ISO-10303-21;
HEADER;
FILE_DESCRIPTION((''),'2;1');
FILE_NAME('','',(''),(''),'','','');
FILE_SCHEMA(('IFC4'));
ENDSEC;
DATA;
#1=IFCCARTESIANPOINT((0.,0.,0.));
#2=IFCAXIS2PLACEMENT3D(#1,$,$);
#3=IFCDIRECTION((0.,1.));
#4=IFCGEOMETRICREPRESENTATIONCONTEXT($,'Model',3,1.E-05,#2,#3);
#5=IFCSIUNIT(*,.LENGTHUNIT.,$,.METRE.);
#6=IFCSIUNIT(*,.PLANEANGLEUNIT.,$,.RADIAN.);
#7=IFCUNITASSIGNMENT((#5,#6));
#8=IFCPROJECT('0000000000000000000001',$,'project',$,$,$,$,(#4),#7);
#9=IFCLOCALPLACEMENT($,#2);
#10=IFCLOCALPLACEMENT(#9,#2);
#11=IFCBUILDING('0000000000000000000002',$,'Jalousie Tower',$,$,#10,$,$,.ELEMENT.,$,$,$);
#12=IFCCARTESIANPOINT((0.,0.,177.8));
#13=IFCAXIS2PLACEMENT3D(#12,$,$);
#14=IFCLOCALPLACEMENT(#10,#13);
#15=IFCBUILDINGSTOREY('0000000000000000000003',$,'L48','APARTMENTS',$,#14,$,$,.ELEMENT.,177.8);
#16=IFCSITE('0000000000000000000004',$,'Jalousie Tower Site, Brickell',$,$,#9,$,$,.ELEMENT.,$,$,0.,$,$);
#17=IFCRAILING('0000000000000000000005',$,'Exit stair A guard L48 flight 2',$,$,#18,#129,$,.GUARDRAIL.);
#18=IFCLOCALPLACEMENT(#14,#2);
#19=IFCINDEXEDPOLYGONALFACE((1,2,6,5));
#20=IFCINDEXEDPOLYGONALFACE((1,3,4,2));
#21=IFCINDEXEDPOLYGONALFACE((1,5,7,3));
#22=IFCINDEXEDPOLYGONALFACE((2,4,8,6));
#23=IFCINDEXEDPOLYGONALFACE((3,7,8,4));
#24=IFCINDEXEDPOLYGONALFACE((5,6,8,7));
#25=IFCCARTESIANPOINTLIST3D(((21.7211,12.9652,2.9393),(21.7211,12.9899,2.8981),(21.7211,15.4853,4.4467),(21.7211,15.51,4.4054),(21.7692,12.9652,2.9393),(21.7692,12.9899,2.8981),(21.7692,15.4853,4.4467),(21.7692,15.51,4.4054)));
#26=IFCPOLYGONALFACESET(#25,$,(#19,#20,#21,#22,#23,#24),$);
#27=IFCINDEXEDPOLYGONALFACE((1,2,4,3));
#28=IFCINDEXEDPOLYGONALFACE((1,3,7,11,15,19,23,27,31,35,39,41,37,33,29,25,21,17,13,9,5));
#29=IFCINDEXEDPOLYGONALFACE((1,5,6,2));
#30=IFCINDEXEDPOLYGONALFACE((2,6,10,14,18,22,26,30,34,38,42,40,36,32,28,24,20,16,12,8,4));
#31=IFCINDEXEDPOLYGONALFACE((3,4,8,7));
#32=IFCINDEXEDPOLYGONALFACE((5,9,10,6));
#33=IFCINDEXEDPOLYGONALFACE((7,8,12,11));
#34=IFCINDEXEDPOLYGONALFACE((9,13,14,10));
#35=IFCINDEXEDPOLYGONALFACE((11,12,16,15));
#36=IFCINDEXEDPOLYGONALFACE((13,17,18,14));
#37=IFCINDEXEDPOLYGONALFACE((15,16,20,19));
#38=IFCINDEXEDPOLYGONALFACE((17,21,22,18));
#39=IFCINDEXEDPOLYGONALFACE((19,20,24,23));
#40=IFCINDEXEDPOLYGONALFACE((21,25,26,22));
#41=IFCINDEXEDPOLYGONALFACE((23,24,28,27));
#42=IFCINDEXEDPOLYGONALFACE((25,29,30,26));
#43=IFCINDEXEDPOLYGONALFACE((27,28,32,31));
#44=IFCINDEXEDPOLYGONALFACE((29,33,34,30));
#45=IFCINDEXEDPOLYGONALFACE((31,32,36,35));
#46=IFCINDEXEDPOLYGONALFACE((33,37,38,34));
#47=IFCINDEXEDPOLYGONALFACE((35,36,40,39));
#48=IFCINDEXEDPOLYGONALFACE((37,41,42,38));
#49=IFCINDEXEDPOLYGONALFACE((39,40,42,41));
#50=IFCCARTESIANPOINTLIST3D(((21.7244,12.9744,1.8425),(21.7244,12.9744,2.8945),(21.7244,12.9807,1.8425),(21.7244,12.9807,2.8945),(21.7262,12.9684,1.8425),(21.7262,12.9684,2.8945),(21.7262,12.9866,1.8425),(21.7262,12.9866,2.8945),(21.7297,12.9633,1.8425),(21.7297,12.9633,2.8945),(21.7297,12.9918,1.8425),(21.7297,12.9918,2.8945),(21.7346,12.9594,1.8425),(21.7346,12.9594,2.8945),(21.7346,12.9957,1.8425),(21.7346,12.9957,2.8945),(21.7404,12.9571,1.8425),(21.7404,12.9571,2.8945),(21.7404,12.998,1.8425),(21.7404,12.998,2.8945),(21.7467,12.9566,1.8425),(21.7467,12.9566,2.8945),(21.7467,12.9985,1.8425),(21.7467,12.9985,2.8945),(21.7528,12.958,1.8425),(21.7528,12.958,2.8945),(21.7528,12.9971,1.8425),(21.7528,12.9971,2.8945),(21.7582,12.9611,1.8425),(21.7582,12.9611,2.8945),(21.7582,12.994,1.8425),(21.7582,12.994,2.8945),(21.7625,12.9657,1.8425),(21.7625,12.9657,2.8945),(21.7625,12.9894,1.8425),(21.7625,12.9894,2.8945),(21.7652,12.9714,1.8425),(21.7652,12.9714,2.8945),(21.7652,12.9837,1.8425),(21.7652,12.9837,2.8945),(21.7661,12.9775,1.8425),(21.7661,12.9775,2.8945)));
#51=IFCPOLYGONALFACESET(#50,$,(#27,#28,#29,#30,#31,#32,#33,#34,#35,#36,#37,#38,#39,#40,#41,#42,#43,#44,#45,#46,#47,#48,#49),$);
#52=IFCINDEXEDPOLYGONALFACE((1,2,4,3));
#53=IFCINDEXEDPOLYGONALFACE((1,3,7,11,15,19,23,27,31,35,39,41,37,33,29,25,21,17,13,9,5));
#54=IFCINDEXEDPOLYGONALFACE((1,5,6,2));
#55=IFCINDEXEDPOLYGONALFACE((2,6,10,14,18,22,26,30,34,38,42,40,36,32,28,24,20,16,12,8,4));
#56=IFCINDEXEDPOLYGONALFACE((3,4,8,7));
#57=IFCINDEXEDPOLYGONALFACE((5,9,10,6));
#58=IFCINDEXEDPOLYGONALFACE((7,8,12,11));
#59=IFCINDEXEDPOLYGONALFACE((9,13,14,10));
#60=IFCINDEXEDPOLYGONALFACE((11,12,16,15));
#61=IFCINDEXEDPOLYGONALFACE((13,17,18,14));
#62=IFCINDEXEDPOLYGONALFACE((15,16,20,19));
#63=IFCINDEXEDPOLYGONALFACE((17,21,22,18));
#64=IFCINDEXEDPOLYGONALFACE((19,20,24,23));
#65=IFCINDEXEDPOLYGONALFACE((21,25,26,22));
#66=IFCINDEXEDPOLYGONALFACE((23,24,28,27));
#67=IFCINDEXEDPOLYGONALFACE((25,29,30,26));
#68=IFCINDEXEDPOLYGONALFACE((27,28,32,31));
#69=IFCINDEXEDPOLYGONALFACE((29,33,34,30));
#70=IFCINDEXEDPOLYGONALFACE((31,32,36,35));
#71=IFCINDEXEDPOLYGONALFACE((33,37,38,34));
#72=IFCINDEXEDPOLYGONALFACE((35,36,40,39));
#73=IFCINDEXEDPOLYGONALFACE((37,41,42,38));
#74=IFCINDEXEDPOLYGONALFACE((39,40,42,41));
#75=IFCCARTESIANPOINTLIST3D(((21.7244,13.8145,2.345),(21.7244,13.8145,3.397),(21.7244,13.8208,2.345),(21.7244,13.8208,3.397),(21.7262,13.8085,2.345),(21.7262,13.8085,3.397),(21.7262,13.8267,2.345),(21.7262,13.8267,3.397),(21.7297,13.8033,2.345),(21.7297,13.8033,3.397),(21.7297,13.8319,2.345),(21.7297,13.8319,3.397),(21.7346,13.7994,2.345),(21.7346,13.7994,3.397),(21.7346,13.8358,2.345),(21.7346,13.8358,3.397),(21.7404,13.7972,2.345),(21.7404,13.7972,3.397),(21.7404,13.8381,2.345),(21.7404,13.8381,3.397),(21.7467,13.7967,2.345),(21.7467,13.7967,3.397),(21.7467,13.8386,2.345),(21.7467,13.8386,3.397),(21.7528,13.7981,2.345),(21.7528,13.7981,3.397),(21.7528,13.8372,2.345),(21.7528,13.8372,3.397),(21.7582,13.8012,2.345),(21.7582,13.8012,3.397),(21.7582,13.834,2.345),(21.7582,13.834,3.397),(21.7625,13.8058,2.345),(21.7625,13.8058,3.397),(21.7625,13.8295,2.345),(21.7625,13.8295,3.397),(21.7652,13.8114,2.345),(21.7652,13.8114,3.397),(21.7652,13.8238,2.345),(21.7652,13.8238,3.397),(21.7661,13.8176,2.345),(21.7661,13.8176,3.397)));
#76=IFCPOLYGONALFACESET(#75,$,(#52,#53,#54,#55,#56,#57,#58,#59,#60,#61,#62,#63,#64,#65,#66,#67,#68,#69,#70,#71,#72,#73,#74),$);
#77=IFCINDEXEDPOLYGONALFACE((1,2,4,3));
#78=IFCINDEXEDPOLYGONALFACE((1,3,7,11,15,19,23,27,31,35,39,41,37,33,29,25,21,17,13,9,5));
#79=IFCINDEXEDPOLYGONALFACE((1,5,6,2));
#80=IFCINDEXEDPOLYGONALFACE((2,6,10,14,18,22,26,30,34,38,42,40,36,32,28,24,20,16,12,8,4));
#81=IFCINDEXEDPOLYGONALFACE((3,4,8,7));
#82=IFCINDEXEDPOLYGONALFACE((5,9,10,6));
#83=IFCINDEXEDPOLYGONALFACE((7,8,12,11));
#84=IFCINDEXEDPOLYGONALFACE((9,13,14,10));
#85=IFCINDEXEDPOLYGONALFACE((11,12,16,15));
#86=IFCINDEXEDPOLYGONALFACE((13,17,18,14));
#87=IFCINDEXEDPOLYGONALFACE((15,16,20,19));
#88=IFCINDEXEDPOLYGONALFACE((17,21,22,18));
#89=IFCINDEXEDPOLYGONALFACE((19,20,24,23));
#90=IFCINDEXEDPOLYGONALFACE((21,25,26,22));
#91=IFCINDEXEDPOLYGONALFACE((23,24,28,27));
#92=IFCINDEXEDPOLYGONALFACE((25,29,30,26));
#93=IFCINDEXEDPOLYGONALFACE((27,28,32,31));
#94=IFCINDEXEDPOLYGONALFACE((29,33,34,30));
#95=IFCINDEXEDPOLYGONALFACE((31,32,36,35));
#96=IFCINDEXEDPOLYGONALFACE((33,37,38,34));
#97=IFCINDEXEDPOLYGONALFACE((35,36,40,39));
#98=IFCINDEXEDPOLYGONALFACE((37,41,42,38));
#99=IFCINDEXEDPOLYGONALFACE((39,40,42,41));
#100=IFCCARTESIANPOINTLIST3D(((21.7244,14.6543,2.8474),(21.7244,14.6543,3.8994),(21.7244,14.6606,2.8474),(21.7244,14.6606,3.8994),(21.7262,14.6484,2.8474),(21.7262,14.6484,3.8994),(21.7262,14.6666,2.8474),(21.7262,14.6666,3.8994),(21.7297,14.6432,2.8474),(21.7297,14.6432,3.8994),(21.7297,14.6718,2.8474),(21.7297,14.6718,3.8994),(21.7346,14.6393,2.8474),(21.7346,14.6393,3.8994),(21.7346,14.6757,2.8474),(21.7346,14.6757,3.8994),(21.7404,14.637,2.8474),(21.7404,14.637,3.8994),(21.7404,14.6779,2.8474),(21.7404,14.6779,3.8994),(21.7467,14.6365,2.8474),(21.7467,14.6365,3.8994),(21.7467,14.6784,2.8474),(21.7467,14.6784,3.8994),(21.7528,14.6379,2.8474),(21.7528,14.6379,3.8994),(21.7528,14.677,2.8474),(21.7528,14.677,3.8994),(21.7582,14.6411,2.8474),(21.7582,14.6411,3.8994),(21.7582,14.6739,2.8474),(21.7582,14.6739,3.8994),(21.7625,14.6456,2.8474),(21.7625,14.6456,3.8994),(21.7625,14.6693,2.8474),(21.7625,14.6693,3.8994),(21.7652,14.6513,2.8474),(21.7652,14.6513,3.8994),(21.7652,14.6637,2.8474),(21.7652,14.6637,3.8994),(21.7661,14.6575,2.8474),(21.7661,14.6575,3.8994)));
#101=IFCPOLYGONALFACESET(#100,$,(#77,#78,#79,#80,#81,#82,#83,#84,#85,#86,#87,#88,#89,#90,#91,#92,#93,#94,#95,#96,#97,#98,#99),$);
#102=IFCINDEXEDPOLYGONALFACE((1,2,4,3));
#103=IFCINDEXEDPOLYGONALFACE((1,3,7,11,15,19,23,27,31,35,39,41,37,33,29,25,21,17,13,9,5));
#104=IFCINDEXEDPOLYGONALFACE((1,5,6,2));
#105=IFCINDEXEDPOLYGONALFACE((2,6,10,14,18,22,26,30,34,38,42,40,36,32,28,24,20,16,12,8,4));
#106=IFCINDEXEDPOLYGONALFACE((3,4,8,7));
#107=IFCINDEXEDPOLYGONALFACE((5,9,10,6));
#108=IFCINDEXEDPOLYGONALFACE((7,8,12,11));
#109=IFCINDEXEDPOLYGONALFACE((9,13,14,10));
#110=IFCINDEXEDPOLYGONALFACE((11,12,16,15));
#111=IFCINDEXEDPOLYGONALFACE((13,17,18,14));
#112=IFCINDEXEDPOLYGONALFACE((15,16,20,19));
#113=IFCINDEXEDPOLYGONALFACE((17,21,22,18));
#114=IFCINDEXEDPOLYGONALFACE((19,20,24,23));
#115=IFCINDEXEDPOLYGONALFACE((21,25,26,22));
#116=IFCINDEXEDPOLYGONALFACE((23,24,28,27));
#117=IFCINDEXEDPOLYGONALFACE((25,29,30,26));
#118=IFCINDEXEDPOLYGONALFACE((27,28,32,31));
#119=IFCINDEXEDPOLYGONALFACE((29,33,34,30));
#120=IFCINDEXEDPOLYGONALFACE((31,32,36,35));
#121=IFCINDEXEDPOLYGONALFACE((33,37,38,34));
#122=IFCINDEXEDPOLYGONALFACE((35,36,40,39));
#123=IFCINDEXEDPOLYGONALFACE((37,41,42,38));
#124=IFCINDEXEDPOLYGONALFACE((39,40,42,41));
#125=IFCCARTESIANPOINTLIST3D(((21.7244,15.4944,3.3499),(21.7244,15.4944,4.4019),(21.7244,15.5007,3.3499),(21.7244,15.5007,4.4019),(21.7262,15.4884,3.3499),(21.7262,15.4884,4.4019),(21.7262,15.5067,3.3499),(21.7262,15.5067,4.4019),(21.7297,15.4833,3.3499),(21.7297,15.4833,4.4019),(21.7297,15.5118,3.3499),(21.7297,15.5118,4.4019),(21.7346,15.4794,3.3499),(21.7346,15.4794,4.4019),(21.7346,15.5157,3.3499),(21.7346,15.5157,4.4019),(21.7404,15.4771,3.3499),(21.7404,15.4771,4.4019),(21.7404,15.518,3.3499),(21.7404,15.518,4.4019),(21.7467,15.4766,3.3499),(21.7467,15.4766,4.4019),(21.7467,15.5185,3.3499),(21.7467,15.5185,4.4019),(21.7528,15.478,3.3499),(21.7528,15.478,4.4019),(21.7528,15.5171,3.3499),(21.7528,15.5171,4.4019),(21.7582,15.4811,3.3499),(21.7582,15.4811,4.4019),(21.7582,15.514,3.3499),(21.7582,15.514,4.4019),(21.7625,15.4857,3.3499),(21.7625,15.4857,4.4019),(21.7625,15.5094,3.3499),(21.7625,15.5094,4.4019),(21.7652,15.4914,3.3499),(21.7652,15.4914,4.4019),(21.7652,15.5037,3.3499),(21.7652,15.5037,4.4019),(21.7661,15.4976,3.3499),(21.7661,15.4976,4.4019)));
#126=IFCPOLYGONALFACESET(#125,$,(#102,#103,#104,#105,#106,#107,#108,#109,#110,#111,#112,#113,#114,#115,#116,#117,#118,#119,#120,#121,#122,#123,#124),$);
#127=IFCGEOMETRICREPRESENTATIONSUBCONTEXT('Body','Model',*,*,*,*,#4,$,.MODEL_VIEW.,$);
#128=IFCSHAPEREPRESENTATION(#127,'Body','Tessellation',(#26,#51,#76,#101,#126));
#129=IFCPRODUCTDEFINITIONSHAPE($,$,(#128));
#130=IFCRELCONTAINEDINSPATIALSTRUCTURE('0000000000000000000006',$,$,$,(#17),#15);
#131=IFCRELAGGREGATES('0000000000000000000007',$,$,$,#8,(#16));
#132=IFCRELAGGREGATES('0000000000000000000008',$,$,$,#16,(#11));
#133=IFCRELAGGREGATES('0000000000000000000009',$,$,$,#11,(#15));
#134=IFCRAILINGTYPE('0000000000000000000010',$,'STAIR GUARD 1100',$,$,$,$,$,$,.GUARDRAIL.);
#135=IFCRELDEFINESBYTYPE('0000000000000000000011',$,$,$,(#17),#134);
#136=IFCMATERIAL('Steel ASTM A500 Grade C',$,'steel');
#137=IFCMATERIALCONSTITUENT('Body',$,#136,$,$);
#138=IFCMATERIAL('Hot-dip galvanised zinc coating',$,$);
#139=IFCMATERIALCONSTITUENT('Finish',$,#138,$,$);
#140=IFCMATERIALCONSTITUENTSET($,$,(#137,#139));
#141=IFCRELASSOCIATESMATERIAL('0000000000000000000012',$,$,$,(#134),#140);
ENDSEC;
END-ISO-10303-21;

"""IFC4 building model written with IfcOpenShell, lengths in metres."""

from ifc_helpers import new_model, si_unit, direction, frame, origin, origin_2d, place, context, subcontext, project, spatial, rectangle, circle, extrude, material, constituent, constituent_set, type_object, element, save


model = new_model("IFC4")

# Units and contexts
model_context = context("Model", 3, precision=1e-05, world=origin(), true_north=direction((0.0, 1.0)))
body_context = subcontext(model_context, "Body", "Model", "MODEL_VIEW")
ifc_project = project(units=[si_unit("LENGTHUNIT", "METRE"), si_unit("PLANEANGLEUNIT", "RADIAN")], contexts=[model_context])

# Site, building, storey
site_placement = place(None, origin())
site = spatial("IfcSite", under=ifc_project, at=site_placement, Name="Jalousie Tower Site, Brickell", CompositionType="ELEMENT", RefElevation=0.0)
building_placement = place(site_placement, origin())
building = spatial("IfcBuilding", under=site, at=building_placement, Name="Jalousie Tower", CompositionType="ELEMENT")
storey_placement = place(building_placement, frame((0.0, 0.0, 177.8)))
storey = spatial("IfcBuildingStorey", under=building, at=storey_placement, Name="L48", Description="APARTMENTS", CompositionType="ELEMENT", Elevation=177.8)

# Railing
ifc_material_1 = material(Name="Steel ASTM A500 Grade C", Category="steel")
ifc_constituent_1 = constituent(ifc_material_1, Name="Body")
ifc_material_2 = material(Name="Hot-dip galvanised zinc coating")
ifc_constituent_2 = constituent(ifc_material_2, Name="Finish")
ifc_constituent_set_1 = constituent_set(constituents=[ifc_constituent_1, ifc_constituent_2])
railing_type_1 = type_object("IfcRailingType", Name="STAIR GUARD 1100", PredefinedType="GUARDRAIL", material=ifc_constituent_set_1)
railing_1_placement = place(storey_placement, frame((21.7451, 12.9775, 1.8425)))
element("IfcRailing", 1, at=railing_1_placement, inside=storey, type_object=railing_type_1, Name="Exit stair A guard L48 flight 2", PredefinedType="GUARDRAIL", context=body_context, shape_type="SweptSolid", body=[
    extrude(rectangle(XDim=0.0481, YDim=0.0481, at=origin_2d()), frame((0.0, 0.0, 1.0762), z_axis=(0.0, 0.858196, 0.513321), x_axis=(-1.0, 0.0, 0.0)), (0.0, 0.0, 1.0), 2.9365),
    extrude(circle(Radius=0.021, at=origin_2d()), origin(), (0.0, 0.0, 1.0), 1.052),
    extrude(circle(Radius=0.021, at=origin_2d()), frame((0.0, 0.8401, 0.5024)), (0.0, 0.0, 1.0), 1.052),
    extrude(circle(Radius=0.021, at=origin_2d()), frame((0.0, 1.6799, 1.0049)), (0.0, 0.0, 1.0), 1.052),
    extrude(circle(Radius=0.021, at=origin_2d()), frame((0.0, 2.52, 1.5073)), (0.0, 0.0, 1.0), 1.052),
])

save(model, "model.ifc")
